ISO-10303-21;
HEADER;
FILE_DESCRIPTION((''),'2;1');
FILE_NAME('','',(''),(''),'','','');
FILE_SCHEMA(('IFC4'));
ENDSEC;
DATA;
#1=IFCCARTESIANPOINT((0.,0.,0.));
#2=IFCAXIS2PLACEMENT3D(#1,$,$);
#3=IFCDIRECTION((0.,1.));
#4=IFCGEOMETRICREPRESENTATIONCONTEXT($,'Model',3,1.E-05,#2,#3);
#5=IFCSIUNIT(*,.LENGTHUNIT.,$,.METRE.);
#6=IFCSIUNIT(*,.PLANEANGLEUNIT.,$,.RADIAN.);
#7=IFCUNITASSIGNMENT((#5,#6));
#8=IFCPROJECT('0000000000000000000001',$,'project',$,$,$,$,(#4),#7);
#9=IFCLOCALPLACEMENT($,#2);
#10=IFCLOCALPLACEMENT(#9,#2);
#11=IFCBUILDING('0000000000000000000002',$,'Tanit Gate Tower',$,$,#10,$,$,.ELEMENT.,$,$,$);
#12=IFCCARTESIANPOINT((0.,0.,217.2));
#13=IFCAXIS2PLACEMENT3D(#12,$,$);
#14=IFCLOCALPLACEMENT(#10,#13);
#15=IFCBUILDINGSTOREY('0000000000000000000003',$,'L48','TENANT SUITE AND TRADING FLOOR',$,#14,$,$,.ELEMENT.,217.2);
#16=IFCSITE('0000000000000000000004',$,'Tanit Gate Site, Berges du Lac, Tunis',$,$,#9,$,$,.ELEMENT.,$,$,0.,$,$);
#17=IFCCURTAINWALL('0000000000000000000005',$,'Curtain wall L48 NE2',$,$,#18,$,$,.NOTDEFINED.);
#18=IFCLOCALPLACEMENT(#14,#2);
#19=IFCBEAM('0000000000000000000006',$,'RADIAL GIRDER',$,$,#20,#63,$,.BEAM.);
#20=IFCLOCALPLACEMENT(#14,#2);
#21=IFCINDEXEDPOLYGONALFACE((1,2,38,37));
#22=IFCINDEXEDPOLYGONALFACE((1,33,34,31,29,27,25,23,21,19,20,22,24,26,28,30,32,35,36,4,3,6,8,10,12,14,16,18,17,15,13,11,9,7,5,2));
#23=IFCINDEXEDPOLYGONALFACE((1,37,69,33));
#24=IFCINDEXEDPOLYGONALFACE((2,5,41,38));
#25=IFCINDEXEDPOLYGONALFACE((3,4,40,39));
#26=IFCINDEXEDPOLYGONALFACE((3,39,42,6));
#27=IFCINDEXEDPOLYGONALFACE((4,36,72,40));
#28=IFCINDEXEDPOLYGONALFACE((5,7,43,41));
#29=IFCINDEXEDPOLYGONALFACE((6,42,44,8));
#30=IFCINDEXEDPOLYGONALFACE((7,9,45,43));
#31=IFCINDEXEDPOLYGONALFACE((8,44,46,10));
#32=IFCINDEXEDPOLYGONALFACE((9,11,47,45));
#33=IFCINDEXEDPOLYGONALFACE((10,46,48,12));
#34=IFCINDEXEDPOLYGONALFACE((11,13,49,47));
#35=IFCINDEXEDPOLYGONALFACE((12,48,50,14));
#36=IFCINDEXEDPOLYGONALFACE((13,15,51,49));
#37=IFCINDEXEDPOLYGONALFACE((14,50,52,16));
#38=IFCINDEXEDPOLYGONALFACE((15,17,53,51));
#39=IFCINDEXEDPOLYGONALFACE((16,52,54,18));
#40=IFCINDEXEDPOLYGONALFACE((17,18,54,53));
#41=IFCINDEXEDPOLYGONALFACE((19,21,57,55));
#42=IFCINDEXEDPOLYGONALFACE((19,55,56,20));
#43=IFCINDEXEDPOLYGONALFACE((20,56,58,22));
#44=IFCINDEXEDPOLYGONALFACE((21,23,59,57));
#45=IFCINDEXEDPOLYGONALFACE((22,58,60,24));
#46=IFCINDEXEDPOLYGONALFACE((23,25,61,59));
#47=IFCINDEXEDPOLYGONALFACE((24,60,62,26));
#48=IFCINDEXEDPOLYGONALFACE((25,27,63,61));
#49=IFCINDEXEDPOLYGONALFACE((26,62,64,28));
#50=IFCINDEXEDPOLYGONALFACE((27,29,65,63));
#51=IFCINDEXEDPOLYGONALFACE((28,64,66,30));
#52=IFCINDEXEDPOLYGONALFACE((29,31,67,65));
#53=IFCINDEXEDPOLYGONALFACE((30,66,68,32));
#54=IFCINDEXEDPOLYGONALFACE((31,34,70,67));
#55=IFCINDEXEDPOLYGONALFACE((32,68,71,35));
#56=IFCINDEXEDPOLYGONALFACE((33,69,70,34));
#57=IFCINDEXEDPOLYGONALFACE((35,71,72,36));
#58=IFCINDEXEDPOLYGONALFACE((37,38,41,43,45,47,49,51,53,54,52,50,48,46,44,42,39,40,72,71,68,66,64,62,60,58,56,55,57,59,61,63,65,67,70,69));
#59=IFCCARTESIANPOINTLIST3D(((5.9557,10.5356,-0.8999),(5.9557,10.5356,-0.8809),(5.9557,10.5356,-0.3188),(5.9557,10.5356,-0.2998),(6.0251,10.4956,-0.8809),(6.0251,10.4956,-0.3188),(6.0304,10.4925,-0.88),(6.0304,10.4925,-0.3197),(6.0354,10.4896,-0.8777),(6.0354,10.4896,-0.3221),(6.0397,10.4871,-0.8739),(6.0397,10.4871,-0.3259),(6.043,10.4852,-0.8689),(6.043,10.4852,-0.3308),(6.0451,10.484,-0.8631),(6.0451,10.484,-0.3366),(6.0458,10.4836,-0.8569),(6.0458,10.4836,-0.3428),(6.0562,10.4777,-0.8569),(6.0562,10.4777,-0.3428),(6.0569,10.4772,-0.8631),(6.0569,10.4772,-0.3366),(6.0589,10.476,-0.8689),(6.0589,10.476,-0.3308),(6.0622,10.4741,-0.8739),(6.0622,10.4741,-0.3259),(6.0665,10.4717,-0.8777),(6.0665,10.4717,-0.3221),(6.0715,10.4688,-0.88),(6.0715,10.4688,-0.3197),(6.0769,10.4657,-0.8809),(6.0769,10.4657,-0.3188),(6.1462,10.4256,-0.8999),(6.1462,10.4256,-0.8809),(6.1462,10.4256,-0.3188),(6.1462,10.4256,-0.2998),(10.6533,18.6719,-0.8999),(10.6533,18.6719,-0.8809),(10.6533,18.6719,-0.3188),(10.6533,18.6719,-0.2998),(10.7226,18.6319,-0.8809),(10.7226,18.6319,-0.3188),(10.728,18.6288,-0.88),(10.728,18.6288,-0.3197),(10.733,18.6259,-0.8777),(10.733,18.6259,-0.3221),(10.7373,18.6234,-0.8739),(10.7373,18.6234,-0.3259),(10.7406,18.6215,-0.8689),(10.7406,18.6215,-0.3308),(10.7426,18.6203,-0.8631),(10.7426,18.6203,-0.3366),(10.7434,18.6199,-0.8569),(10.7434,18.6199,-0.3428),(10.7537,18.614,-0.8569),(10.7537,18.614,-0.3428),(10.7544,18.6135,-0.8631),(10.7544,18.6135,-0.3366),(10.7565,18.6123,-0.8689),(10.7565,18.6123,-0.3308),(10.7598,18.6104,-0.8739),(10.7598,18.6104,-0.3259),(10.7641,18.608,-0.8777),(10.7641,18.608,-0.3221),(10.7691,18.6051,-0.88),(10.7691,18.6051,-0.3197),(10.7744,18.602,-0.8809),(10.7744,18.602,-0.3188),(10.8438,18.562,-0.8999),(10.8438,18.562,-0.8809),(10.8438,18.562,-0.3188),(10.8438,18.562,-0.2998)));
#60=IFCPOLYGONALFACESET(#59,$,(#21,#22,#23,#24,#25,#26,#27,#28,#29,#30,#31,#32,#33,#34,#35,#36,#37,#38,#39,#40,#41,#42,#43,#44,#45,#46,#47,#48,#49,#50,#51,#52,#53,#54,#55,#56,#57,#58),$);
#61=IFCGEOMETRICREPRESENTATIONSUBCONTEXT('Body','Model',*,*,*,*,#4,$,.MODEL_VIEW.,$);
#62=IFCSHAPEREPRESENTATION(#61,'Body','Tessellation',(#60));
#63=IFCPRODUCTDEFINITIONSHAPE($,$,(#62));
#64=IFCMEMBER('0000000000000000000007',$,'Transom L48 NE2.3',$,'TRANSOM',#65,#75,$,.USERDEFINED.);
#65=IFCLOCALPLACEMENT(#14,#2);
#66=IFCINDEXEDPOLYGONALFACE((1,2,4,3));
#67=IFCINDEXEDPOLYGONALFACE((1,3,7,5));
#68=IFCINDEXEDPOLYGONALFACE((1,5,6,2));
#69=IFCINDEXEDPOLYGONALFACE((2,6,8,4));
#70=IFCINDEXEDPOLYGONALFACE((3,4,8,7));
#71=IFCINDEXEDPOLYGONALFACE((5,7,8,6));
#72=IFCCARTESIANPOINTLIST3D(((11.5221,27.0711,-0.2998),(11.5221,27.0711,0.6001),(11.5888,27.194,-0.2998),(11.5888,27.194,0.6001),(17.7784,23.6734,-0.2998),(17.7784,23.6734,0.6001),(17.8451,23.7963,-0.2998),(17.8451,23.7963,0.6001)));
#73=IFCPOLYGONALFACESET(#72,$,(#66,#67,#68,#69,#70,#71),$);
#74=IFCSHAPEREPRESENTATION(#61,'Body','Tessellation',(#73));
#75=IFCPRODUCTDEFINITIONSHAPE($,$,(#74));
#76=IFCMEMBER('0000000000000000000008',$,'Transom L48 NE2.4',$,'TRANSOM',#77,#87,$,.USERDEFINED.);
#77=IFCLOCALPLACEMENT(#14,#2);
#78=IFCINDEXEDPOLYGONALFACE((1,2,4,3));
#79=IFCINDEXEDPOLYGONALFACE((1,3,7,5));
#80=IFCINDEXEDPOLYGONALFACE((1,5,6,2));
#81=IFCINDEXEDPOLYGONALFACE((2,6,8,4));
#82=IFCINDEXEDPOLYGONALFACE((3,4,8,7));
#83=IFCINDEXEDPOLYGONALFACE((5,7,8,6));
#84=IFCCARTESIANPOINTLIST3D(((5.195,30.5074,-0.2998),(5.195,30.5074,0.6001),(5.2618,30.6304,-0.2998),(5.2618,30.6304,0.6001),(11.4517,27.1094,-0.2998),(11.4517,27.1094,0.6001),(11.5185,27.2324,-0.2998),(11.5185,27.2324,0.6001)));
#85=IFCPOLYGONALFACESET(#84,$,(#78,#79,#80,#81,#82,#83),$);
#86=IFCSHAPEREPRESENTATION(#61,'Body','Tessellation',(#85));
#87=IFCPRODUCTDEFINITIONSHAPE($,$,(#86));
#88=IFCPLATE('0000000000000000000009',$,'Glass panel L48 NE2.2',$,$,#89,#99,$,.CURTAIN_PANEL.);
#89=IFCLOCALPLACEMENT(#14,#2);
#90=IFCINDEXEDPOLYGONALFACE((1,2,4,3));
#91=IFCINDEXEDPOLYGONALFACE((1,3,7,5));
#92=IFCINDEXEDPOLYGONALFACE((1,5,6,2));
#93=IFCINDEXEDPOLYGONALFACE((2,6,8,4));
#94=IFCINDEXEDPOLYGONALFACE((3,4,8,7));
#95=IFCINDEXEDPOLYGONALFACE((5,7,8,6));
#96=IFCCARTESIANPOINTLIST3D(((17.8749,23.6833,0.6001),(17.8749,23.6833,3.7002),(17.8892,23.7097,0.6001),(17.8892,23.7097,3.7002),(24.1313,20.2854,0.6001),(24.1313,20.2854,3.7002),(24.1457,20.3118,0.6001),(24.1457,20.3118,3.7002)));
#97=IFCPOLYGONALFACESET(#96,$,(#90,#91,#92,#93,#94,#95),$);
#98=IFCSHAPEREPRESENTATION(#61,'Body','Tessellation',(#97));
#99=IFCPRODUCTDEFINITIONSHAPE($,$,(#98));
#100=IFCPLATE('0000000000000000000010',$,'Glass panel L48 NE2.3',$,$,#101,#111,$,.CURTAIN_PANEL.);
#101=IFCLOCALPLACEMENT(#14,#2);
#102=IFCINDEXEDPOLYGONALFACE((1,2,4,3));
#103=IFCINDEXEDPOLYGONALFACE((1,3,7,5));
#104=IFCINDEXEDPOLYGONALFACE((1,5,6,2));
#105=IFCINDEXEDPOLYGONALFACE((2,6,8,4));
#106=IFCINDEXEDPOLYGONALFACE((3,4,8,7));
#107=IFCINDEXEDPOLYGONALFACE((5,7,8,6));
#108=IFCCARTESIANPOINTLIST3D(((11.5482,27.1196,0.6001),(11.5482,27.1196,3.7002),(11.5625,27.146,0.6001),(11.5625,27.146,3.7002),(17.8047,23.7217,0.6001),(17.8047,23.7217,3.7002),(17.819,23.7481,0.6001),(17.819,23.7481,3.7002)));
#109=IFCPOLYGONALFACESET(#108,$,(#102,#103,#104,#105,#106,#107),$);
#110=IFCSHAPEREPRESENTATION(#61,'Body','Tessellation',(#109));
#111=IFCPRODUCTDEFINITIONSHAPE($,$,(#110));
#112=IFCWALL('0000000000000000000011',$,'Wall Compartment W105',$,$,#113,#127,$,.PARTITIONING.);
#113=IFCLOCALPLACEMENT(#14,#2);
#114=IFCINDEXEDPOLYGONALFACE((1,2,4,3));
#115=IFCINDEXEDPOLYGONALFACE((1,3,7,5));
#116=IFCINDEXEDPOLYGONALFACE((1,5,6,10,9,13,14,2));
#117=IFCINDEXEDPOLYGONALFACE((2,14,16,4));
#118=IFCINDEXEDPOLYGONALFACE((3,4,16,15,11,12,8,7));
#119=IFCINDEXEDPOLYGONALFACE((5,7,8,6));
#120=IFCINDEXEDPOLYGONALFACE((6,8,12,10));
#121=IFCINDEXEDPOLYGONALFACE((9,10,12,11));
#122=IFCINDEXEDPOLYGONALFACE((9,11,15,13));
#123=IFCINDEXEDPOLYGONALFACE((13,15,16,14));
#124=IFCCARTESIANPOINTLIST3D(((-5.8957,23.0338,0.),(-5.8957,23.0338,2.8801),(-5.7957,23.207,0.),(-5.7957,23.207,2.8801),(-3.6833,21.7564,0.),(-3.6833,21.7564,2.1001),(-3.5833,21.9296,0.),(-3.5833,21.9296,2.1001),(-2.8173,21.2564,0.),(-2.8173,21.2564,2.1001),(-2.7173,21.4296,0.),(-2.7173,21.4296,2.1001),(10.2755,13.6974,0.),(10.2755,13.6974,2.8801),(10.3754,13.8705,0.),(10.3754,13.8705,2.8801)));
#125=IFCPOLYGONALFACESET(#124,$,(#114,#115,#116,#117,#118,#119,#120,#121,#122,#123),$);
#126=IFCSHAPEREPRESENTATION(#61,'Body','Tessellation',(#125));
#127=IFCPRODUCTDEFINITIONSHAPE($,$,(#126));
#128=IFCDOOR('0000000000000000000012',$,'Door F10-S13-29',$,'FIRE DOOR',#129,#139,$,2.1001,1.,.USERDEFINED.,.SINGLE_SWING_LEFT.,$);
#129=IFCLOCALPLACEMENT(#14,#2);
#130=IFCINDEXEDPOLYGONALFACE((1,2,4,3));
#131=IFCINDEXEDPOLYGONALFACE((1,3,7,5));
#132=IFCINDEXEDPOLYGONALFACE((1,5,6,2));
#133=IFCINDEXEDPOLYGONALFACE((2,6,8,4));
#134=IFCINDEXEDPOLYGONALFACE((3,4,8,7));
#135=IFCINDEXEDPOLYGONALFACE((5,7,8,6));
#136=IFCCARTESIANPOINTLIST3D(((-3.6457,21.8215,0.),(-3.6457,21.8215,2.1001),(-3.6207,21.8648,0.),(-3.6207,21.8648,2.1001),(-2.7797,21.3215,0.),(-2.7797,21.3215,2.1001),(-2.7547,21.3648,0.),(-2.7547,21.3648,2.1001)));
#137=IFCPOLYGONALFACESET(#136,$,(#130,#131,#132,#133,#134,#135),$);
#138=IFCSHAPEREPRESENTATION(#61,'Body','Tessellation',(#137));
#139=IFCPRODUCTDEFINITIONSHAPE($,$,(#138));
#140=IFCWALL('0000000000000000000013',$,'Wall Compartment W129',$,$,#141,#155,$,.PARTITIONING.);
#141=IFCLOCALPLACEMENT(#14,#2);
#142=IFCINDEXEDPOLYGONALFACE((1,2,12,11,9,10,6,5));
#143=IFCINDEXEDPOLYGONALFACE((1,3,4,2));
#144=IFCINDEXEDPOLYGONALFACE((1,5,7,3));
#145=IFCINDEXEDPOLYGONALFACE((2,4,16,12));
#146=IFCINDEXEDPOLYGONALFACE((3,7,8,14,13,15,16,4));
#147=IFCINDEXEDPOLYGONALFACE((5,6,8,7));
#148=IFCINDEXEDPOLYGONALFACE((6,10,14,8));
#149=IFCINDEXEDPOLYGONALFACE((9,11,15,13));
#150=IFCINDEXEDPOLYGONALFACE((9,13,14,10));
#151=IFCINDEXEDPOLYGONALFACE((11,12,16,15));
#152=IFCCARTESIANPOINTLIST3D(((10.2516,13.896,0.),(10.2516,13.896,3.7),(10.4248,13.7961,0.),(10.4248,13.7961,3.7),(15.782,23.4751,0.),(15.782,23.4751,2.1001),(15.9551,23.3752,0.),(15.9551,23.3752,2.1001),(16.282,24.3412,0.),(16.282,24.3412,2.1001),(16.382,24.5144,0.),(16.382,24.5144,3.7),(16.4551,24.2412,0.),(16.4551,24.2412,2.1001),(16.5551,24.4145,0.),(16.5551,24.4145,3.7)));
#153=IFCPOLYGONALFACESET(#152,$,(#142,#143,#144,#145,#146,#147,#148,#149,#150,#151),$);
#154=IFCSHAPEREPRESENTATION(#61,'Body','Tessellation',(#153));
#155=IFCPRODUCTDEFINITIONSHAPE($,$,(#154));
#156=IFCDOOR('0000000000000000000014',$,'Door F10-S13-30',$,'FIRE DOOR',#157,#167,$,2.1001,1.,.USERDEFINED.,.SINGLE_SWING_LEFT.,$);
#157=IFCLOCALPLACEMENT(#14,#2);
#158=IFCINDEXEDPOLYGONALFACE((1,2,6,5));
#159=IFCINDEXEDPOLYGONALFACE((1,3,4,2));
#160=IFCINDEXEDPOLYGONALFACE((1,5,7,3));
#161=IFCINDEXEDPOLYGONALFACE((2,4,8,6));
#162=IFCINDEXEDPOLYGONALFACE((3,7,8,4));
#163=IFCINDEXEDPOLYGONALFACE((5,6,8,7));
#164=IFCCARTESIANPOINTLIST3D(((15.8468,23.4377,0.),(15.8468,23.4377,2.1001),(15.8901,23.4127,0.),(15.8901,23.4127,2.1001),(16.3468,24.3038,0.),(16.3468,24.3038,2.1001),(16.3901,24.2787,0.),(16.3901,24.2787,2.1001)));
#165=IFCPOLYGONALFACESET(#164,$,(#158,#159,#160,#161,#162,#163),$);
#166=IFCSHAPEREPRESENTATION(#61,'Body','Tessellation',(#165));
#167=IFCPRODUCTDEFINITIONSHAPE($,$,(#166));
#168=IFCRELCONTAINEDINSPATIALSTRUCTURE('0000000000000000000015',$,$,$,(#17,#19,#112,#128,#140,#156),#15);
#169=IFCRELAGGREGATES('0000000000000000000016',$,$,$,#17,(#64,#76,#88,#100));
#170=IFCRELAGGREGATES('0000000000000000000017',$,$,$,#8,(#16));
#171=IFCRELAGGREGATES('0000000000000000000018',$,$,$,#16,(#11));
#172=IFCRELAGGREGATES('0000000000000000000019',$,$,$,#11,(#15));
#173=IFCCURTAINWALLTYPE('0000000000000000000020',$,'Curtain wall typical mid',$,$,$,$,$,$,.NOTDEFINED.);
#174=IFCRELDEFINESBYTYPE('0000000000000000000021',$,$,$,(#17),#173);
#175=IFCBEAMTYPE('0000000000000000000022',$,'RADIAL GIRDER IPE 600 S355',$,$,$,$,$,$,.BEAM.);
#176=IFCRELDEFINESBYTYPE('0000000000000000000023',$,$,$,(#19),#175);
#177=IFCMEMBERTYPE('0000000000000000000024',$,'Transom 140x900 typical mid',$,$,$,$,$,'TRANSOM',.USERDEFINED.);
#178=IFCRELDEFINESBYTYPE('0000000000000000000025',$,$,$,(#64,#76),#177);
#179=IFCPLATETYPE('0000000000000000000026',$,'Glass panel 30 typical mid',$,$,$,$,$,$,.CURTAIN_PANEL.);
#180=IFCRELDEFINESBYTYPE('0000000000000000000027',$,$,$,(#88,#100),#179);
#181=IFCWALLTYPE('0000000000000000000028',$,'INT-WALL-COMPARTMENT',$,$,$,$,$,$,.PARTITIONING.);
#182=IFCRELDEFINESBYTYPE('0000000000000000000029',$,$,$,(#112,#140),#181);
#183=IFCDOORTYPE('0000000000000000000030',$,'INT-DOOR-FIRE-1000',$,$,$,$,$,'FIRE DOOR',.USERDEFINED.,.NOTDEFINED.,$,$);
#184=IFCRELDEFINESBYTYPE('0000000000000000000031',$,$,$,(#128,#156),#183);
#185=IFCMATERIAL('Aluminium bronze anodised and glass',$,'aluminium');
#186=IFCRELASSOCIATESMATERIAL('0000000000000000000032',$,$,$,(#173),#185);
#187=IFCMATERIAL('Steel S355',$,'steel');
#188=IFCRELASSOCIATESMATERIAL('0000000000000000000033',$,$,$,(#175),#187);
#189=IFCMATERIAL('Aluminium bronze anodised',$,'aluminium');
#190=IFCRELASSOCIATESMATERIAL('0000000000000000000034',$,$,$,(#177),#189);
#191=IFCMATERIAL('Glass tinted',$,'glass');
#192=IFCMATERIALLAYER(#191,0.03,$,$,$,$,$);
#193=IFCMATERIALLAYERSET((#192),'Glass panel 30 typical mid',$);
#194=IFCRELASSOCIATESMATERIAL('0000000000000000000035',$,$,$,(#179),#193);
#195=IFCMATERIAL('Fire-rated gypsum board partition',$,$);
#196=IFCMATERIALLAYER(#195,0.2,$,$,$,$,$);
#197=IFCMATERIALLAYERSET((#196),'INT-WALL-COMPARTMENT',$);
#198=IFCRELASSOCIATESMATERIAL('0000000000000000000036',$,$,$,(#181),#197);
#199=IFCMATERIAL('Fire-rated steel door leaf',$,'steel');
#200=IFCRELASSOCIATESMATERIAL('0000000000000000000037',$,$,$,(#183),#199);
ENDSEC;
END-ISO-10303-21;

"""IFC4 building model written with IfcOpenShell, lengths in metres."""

from ifc_helpers import new_model, si_unit, direction, frame, frame_2d, origin, origin_2d, place, context, subcontext, project, spatial, rectangle, i_section, extrude, material, layer, layer_set, material_profile, profile_set, type_object, element, fill, aggregate, save


model = new_model("IFC4")

# Units and contexts
model_context = context("Model", 3, precision=1e-05, world=origin(), true_north=direction((0.0, 1.0)))
body_context = subcontext(model_context, "Body", "Model", "MODEL_VIEW")
ifc_project = project(units=[si_unit("LENGTHUNIT", "METRE"), si_unit("PLANEANGLEUNIT", "RADIAN")], contexts=[model_context])

# Site, building, storey
site_placement = place(None, origin())
site = spatial("IfcSite", under=ifc_project, at=site_placement, Name="Tanit Gate Site, Berges du Lac, Tunis", CompositionType="ELEMENT", RefElevation=0.0)
building_placement = place(site_placement, origin())
building = spatial("IfcBuilding", under=site, at=building_placement, Name="Tanit Gate Tower", CompositionType="ELEMENT")
storey_placement = place(building_placement, frame((0.0, 0.0, 217.2)))
storey = spatial("IfcBuildingStorey", under=building, at=storey_placement, Name="L48", Description="TENANT SUITE AND TRADING FLOOR", CompositionType="ELEMENT", Elevation=217.2)

# Curtain wall
ifc_material_1 = material(Name="Aluminium bronze anodised and glass", Category="aluminium")
curtain_wall_type = type_object("IfcCurtainWallType", Name="Curtain wall typical mid", PredefinedType="NOTDEFINED", material=ifc_material_1)
curtain_wall_placement = place(storey_placement, origin())
curtain_wall = element("IfcCurtainWall", 1, at=curtain_wall_placement, inside=storey, type_object=curtain_wall_type, Name="Curtain wall L48 NE2", PredefinedType="NOTDEFINED")

# Beam
ifc_material_2 = material(Name="Steel S355", Category="steel")
ifc_material_profile_1 = material_profile(ifc_material_2, i_section(OverallWidth=0.22, OverallDepth=0.6001, WebThickness=0.012, FlangeThickness=0.019, FilletRadius=0.0239, at=origin_2d()), Name="IPE 600")
ifc_profile_set_1 = profile_set([ifc_material_profile_1], Name="Steel S355")
beam_type_1 = type_object("IfcBeamType", Name="RADIAL GIRDER IPE 600 S355", PredefinedType="BEAM", material=ifc_profile_set_1)
beam_1_placement = place(storey_placement, frame((10.7485, 18.6169, -0.5999), z_axis=(-0.500004, -0.866023, 0.0), x_axis=(0.866023, -0.500004, 0.0)))
element("IfcBeam", 2, at=beam_1_placement, inside=storey, type_object=beam_type_1, Name="RADIAL GIRDER", PredefinedType="BEAM", context=body_context, shape_type="SweptSolid", body=[
    extrude(i_section(OverallWidth=0.22, OverallDepth=0.6001, WebThickness=0.012, FlangeThickness=0.019, FilletRadius=0.0239, at=origin_2d()), origin(), (0.0, 0.0, 1.0), 9.395),
])

# Members
ifc_material_3 = material(Name="Aluminium bronze anodised", Category="aluminium")
ifc_material_profile_2 = material_profile(ifc_material_3, rectangle(XDim=0.1399, YDim=0.8999, at=origin_2d()), Name="140x900 bronze transom")
ifc_profile_set_2 = profile_set([ifc_material_profile_2], Name="Aluminium bronze anodised")
member_type_1 = type_object("IfcMemberType", Name="Transom 140x900 typical mid", ElementType="TRANSOM", PredefinedType="USERDEFINED", material=ifc_profile_set_2)
member_1_placement = place(storey_placement, frame((17.8118, 23.7349, 0.1501), z_axis=(-0.878771, 0.477244, 0.0), x_axis=(-0.477244, -0.878771, 0.0)))
member_1 = element("IfcMember", 3, at=member_1_placement, type_object=member_type_1, Name="Transom L48 NE2.3", ObjectType="TRANSOM", PredefinedType="USERDEFINED", context=body_context, shape_type="SweptSolid", body=[
    extrude(rectangle(XDim=0.1399, YDim=0.8999, at=origin_2d()), origin(), (0.0, 0.0, 1.0), 7.1194),
])
member_2_placement = place(storey_placement, frame((11.4851, 27.1709, 0.1501), z_axis=(-0.878764, 0.477256, 0.0), x_axis=(-0.477256, -0.878764, 0.0)))
member_2 = element("IfcMember", 4, at=member_2_placement, type_object=member_type_1, Name="Transom L48 NE2.4", ObjectType="TRANSOM", PredefinedType="USERDEFINED", context=body_context, shape_type="SweptSolid", body=[
    extrude(rectangle(XDim=0.1399, YDim=0.8999, at=origin_2d()), origin(), (0.0, 0.0, 1.0), 7.1199),
])

# Plates
ifc_material_4 = material(Name="Glass tinted", Category="glass")
ifc_layer_1 = layer(ifc_material_4, 0.03)
ifc_layer_set_1 = layer_set([ifc_layer_1], Name="Glass panel 30 typical mid")
plate_type = type_object("IfcPlateType", Name="Glass panel 30 typical mid", PredefinedType="CURTAIN_PANEL", material=ifc_layer_set_1)
plate_1_placement = place(storey_placement, frame((21.0103, 21.9976, 0.6001), z_axis=(0.0, 0.0, 1.0), x_axis=(-0.878762, 0.477259, 0.0)))
plate_1 = element("IfcPlate", 5, at=plate_1_placement, type_object=plate_type, Name="Glass panel L48 NE2.2", PredefinedType="CURTAIN_PANEL", context=body_context, shape_type="SweptSolid", body=[
    extrude(rectangle(XDim=7.1196, YDim=0.03, at=origin_2d()), origin(), (0.0, 0.0, 1.0), 3.1001),
])
plate_2_placement = place(storey_placement, frame((14.6836, 25.4338, 0.6001), z_axis=(0.0, 0.0, 1.0), x_axis=(-0.878762, 0.477259, 0.0)))
plate_2 = element("IfcPlate", 6, at=plate_2_placement, type_object=plate_type, Name="Glass panel L48 NE2.3", PredefinedType="CURTAIN_PANEL", context=body_context, shape_type="SweptSolid", body=[
    extrude(rectangle(XDim=7.1196, YDim=0.03, at=origin_2d()), origin(), (0.0, 0.0, 1.0), 3.1001),
])
aggregate(curtain_wall, [member_1, member_2, plate_1, plate_2])

# Walls, openings, doors
ifc_material_5 = material(Name="Fire-rated gypsum board partition")
ifc_layer_2 = layer(ifc_material_5, 0.2)
ifc_layer_set_2 = layer_set([ifc_layer_2], Name="INT-WALL-COMPARTMENT")
wall_type_1 = type_object("IfcWallType", Name="INT-WALL-COMPARTMENT", PredefinedType="PARTITIONING", material=ifc_layer_set_2)
wall_1_placement = place(storey_placement, frame((10.3254, 13.7839, 0.0), z_axis=(0.0, 0.0, 1.0), x_axis=(-0.866025, 0.5, 0.0)))
wall_1 = element("IfcWall", 7, at=wall_1_placement, inside=storey, type_object=wall_type_1, Name="Wall Compartment W105", PredefinedType="PARTITIONING", context=body_context, shape_type="SweptSolid", body=[
    extrude(rectangle(XDim=18.6729, YDim=0.2, at=frame_2d((9.3364, 0.0))), origin(), (0.0, 0.0, 1.0), 2.8801),
])
opening_1_placement = place(wall_1_placement, frame((15.1182, 0.0, 0.0)))
opening_1 = element("IfcOpeningElement", 8, at=opening_1_placement, cuts=wall_1, PredefinedType="OPENING", context=body_context, shape_type="SweptSolid", body=[
    extrude(rectangle(XDim=1.0, YDim=2.1001, at=frame_2d((0.5, 1.05))), frame((0.0, 0.1099, 0.0), z_axis=(0.0, -1.0, 0.0), x_axis=(1.0, 0.0, 0.0)), (0.0, 0.0, 1.0), 0.22),
])
ifc_material_6 = material(Name="Fire-rated steel door leaf", Category="steel")
door_type_1 = type_object("IfcDoorType", Name="INT-DOOR-FIRE-1000", ElementType="FIRE DOOR", OperationType="NOTDEFINED", PredefinedType="USERDEFINED", material=ifc_material_6)
door_1_placement = place(opening_1_placement, origin())
door_1 = element("IfcDoor", 9, at=door_1_placement, inside=storey, type_object=door_type_1, Name="Door F10-S13-29", ObjectType="FIRE DOOR", OperationType="SINGLE_SWING_LEFT", OverallHeight=2.1001, OverallWidth=1.0, PredefinedType="USERDEFINED", context=body_context, shape_type="SweptSolid", body=[
    extrude(rectangle(XDim=1.0, YDim=2.1001, at=frame_2d((0.5, 1.05))), frame((0.0, 0.0249, 0.0), z_axis=(0.0, -1.0, 0.0), x_axis=(1.0, 0.0, 0.0)), (0.0, 0.0, 1.0), 0.05),
])
fill(opening_1, door_1)
wall_2_placement = place(storey_placement, frame((16.4685, 24.4644, 0.0), z_axis=(0.0, 0.0, 1.0), x_axis=(-0.49999, -0.866031, 0.0)))
wall_2 = element("IfcWall", 10, at=wall_2_placement, inside=storey, type_object=wall_type_1, Name="Wall Compartment W129", PredefinedType="PARTITIONING", context=body_context, shape_type="SweptSolid", body=[
    extrude(rectangle(XDim=12.261, YDim=0.2, at=frame_2d((6.1304, 0.0))), origin(), (0.0, 0.0, 1.0), 3.7),
])
opening_2_placement = place(wall_2_placement, frame((0.2, 0.0, 0.0)))
opening_2 = element("IfcOpeningElement", 11, at=opening_2_placement, cuts=wall_2, PredefinedType="OPENING", context=body_context, shape_type="SweptSolid", body=[
    extrude(rectangle(XDim=1.0, YDim=2.1001, at=frame_2d((0.5, 1.05))), frame((0.0, 0.1099, 0.0), z_axis=(0.0, -1.0, 0.0), x_axis=(1.0, 0.0, 0.0)), (0.0, 0.0, 1.0), 0.22),
])
door_2_placement = place(opening_2_placement, origin())
door_2 = element("IfcDoor", 12, at=door_2_placement, inside=storey, type_object=door_type_1, Name="Door F10-S13-30", ObjectType="FIRE DOOR", OperationType="SINGLE_SWING_LEFT", OverallHeight=2.1001, OverallWidth=1.0, PredefinedType="USERDEFINED", context=body_context, shape_type="SweptSolid", body=[
    extrude(rectangle(XDim=1.0, YDim=2.1001, at=frame_2d((0.5, 1.05))), frame((0.0, 0.0249, 0.0), z_axis=(0.0, -1.0, 0.0), x_axis=(1.0, 0.0, 0.0)), (0.0, 0.0, 1.0), 0.05),
])
fill(opening_2, door_2)

save(model, "model.ifc")
